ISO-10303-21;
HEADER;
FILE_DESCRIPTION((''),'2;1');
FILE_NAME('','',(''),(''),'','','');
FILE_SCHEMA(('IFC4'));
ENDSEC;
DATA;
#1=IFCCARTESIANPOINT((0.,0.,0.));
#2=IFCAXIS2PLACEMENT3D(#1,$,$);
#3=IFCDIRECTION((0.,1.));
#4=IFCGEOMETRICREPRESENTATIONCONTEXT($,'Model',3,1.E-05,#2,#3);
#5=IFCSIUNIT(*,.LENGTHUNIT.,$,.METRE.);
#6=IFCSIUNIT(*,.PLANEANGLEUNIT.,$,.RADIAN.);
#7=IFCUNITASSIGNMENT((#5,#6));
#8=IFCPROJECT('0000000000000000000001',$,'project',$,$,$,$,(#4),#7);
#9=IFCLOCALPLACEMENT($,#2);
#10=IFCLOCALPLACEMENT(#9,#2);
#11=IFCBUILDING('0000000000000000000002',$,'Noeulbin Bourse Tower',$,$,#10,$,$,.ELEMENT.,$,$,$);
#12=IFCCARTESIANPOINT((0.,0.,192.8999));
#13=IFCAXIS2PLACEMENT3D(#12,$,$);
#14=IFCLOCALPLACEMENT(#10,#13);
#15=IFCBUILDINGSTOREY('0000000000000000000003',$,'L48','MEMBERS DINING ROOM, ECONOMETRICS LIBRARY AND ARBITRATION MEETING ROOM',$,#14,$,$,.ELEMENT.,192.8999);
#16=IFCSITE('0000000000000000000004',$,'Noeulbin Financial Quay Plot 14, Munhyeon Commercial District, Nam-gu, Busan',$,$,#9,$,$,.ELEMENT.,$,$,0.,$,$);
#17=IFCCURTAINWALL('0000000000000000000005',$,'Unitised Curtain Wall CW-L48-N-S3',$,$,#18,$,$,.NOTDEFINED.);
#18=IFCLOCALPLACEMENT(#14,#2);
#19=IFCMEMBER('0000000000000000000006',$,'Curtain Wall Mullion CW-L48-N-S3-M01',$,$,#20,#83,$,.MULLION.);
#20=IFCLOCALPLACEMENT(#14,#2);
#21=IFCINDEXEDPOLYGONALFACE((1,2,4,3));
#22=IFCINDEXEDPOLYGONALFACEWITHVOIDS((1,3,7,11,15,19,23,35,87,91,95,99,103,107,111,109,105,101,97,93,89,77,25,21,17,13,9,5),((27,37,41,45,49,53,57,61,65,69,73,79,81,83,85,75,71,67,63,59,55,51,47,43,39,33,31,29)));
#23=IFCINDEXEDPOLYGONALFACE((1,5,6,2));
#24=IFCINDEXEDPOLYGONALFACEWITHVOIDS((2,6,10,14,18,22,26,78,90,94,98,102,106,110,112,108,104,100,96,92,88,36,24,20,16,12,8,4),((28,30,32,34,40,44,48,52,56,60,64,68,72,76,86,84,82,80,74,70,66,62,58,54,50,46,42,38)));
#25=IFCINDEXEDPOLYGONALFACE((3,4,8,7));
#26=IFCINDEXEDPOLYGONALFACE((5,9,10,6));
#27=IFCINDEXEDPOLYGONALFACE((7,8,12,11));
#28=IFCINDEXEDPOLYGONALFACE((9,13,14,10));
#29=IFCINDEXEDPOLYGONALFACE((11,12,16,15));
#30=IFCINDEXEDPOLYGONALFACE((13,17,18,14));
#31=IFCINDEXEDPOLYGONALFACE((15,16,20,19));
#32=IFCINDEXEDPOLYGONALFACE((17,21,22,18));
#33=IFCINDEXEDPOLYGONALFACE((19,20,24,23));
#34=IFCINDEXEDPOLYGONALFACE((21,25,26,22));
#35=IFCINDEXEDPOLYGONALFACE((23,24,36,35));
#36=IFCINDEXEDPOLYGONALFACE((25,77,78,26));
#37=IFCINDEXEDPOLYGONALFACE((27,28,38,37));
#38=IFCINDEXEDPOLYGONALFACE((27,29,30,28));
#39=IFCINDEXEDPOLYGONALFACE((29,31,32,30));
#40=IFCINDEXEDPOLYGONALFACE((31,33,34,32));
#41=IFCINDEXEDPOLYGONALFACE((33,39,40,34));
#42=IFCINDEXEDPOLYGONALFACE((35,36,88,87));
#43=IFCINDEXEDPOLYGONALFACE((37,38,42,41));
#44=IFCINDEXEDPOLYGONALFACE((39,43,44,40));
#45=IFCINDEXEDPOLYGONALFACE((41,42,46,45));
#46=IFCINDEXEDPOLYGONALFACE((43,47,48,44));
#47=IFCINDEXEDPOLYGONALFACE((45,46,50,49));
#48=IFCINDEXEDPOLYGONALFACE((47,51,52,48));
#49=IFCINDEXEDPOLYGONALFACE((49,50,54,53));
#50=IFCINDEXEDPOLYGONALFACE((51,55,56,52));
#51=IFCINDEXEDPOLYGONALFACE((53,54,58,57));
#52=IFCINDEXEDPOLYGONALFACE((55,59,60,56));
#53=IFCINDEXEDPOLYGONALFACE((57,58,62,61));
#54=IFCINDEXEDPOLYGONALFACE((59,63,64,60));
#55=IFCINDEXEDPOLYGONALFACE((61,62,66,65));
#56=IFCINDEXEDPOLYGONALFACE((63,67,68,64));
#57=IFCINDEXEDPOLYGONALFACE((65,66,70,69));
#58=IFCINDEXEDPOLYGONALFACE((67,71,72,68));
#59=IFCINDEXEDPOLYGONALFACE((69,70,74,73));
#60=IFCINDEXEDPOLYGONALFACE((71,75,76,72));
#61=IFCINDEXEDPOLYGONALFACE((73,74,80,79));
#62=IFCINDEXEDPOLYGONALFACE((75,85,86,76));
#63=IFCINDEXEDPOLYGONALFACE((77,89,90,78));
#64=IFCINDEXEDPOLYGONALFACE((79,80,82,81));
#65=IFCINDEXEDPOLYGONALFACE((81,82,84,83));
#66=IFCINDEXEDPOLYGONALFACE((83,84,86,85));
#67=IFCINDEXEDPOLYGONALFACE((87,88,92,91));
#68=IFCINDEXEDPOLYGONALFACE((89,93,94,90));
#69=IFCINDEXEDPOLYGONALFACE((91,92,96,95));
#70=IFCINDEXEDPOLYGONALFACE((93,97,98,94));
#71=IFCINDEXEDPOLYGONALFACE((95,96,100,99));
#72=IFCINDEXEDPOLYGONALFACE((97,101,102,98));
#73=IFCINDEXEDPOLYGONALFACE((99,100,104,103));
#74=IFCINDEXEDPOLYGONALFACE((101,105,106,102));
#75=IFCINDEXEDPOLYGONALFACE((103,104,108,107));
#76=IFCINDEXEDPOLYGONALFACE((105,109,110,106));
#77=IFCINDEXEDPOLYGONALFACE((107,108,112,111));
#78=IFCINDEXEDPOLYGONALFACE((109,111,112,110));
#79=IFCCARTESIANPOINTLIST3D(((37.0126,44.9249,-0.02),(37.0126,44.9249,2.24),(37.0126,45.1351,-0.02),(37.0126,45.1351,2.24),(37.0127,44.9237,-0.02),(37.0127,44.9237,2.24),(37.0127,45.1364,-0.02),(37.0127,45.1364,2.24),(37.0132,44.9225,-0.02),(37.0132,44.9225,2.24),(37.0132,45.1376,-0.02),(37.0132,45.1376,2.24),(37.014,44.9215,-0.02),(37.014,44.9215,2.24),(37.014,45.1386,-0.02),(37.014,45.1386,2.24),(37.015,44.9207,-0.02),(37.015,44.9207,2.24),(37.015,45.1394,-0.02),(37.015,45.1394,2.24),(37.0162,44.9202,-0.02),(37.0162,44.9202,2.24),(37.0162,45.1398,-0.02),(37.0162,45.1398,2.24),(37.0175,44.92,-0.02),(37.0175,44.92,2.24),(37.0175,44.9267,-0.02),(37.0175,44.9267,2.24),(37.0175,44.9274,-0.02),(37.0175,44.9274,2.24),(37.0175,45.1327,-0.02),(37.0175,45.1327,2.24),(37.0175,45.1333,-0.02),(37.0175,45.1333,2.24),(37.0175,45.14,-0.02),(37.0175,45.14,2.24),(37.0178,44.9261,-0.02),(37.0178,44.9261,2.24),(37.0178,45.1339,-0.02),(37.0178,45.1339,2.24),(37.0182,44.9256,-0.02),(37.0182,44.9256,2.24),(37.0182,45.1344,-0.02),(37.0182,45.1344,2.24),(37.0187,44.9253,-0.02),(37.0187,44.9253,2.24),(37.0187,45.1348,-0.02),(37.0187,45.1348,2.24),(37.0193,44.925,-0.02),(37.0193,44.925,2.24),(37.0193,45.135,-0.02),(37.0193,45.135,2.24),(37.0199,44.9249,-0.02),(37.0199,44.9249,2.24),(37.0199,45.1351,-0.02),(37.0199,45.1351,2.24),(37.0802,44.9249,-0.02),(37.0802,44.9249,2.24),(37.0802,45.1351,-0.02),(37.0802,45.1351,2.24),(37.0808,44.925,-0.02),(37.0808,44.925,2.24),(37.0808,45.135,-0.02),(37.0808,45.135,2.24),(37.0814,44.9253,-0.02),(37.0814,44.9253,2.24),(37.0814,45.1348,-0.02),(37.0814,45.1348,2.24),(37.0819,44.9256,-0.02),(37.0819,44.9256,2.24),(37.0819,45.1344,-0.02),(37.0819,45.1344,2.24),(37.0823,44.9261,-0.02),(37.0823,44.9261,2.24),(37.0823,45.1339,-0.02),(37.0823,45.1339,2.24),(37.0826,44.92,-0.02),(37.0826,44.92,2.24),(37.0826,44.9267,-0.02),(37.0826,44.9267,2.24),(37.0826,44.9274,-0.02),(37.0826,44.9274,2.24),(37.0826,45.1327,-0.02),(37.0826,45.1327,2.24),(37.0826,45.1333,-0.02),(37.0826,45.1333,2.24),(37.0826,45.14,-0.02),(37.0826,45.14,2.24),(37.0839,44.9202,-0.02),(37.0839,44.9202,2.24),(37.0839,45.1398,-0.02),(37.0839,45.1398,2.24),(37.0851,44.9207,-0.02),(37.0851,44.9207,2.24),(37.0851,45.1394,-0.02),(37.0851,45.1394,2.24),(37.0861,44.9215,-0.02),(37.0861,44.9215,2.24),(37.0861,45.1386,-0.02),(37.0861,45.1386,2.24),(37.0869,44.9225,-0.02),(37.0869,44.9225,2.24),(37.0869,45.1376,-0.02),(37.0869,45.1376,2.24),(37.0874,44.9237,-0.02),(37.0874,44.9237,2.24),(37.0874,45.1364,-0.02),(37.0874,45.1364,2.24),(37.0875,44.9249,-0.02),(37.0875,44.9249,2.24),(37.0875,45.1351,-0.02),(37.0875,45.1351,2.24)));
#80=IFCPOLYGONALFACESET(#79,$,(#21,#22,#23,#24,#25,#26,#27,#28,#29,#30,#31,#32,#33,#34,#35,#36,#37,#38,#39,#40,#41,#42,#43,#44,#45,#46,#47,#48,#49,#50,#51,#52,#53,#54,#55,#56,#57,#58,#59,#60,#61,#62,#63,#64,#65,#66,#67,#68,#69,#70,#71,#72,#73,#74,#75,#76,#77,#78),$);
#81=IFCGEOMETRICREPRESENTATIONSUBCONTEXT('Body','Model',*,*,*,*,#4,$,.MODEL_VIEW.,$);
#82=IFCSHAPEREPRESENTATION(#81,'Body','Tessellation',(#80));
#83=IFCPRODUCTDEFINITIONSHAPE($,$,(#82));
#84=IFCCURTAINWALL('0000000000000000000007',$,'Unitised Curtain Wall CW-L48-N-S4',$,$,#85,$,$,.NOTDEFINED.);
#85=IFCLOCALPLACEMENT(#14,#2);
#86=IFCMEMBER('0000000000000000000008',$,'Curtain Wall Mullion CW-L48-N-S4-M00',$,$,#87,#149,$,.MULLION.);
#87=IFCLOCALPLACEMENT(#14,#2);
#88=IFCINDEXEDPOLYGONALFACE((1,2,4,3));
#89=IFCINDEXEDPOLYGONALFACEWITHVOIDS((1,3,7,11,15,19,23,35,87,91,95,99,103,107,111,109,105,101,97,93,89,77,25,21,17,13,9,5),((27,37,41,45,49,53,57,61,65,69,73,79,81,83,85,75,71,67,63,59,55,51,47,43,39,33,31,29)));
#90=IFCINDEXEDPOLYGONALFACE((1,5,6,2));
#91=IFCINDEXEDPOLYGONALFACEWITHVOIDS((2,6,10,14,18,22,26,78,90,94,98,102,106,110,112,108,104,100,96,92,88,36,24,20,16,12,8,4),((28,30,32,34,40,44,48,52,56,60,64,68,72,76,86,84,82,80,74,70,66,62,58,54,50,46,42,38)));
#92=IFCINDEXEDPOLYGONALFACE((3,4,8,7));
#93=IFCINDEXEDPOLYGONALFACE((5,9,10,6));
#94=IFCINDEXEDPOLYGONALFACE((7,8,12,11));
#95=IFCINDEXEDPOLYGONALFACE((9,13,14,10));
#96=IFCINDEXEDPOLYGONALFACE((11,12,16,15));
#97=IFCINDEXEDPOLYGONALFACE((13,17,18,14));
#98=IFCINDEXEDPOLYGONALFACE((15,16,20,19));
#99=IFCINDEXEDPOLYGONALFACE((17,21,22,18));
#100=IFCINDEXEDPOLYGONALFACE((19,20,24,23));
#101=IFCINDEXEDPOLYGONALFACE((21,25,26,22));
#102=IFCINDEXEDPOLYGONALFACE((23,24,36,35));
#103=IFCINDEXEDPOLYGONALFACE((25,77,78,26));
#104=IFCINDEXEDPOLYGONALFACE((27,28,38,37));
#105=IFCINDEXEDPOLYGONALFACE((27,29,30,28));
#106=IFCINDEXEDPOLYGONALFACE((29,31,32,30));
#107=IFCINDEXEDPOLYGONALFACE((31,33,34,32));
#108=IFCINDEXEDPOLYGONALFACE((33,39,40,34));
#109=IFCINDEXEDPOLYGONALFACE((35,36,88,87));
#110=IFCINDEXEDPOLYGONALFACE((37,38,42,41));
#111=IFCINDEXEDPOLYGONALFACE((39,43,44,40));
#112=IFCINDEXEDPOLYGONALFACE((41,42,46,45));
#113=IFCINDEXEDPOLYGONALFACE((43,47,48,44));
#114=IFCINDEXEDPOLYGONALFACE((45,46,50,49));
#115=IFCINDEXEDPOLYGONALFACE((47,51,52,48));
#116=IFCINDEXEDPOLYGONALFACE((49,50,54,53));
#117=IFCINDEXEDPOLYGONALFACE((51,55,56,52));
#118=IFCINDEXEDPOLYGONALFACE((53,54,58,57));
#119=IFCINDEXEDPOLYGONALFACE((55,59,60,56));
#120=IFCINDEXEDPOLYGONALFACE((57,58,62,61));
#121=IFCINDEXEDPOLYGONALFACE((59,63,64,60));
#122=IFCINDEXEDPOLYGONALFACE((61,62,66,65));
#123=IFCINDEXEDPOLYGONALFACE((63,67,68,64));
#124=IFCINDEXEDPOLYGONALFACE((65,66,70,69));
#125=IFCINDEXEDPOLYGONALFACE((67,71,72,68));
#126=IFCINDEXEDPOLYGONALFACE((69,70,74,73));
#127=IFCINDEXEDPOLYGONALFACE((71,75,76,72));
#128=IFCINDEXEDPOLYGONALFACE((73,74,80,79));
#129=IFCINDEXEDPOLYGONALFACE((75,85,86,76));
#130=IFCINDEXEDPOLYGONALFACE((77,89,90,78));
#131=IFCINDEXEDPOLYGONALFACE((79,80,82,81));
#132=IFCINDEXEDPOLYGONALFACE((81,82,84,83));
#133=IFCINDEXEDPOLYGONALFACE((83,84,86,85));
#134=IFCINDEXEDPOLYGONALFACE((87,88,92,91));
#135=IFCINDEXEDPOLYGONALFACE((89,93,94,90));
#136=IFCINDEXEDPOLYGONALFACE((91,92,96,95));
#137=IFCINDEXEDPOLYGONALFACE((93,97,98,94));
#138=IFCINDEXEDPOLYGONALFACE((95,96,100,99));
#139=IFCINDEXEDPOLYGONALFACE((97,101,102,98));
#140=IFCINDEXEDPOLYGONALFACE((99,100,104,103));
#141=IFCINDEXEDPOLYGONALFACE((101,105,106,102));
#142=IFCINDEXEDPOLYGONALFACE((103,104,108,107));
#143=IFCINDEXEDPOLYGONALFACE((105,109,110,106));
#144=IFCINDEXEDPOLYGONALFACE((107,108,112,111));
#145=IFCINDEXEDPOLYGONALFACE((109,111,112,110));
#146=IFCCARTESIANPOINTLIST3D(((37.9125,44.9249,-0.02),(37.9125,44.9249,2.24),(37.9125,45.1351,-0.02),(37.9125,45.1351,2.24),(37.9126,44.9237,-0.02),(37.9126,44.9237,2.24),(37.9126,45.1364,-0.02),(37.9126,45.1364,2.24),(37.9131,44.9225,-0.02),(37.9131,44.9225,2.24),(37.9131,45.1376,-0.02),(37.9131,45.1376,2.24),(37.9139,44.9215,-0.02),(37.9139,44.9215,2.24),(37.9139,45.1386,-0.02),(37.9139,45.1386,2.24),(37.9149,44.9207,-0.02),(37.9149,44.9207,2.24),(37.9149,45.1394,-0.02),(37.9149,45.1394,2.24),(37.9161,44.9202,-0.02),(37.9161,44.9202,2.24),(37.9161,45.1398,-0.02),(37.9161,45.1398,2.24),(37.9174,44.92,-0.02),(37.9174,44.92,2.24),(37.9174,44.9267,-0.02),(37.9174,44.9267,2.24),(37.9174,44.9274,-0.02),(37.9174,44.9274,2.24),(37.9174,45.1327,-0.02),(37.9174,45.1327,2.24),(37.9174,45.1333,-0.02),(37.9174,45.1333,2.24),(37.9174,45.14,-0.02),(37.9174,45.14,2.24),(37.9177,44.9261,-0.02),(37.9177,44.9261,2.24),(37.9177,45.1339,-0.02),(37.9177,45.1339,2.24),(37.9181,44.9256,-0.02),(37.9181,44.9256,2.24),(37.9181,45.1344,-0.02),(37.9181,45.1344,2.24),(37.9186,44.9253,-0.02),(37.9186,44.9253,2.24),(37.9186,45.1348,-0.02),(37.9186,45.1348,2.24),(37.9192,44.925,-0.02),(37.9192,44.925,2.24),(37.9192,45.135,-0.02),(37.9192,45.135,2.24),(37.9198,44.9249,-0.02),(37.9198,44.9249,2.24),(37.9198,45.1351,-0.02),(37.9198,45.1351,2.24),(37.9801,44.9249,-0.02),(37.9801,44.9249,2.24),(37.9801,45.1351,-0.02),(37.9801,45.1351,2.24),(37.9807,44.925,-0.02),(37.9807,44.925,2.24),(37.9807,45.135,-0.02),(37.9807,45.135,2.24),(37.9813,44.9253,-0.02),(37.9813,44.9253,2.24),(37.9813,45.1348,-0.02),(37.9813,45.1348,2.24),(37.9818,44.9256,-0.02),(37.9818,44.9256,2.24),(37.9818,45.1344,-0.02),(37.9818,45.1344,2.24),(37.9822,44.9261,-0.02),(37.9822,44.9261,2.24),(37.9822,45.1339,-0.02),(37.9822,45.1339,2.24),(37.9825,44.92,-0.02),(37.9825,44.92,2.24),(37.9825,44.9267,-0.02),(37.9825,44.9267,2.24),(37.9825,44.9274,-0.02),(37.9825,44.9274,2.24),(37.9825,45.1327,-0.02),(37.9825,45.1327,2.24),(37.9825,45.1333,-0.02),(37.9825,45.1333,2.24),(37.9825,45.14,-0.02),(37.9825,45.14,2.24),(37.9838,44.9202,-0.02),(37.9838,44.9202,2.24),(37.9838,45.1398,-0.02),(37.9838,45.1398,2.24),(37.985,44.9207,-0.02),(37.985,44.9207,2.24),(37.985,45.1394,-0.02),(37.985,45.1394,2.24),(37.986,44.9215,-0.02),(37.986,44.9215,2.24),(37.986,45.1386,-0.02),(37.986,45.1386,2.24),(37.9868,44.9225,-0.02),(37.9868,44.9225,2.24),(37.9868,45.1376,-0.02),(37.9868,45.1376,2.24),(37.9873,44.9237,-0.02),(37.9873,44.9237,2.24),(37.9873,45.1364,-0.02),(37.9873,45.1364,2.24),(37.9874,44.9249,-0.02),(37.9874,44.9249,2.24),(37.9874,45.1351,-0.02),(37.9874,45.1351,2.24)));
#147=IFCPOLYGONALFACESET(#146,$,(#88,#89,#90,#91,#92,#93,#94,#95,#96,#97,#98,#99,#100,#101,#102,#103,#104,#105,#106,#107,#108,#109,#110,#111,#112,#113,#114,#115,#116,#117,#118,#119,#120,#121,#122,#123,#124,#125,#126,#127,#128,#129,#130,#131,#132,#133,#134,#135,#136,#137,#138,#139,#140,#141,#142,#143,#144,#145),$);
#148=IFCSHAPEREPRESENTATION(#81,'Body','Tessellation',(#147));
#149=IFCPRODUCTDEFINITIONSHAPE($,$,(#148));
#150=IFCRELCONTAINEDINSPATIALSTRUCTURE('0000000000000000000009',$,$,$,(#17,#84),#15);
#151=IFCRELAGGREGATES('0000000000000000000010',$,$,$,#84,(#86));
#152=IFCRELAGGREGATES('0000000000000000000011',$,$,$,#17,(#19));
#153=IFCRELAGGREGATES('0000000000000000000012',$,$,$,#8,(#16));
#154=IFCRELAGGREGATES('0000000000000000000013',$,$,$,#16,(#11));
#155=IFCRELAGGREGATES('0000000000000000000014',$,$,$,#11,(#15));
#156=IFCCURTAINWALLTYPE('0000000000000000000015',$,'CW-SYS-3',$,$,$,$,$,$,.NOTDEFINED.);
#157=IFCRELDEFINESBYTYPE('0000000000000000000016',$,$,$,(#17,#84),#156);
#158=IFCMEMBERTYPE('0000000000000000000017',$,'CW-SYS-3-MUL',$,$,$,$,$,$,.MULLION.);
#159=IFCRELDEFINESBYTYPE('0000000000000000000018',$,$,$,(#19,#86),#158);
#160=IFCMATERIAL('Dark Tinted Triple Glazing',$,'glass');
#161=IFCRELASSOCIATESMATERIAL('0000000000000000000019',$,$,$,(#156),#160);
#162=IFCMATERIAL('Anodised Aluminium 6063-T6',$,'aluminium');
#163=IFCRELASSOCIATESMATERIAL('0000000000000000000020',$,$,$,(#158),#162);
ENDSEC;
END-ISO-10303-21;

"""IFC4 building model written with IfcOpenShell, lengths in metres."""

from ifc_helpers import new_model, si_unit, direction, frame, origin, origin_2d, place, context, subcontext, project, spatial, hollow_rectangle, extrude, material, material_profile, profile_set, type_object, element, aggregate, save


model = new_model("IFC4")

# Units and contexts
model_context = context("Model", 3, precision=1e-05, world=origin(), true_north=direction((0.0, 1.0)))
body_context = subcontext(model_context, "Body", "Model", "MODEL_VIEW")
ifc_project = project(units=[si_unit("LENGTHUNIT", "METRE"), si_unit("PLANEANGLEUNIT", "RADIAN")], contexts=[model_context])

# Site, building, storey
site_placement = place(None, origin())
site = spatial("IfcSite", under=ifc_project, at=site_placement, Name="Noeulbin Financial Quay Plot 14, Munhyeon Commercial District, Nam-gu, Busan", CompositionType="ELEMENT", RefElevation=0.0)
building_placement = place(site_placement, origin())
building = spatial("IfcBuilding", under=site, at=building_placement, Name="Noeulbin Bourse Tower", CompositionType="ELEMENT")
storey_placement = place(building_placement, frame((0.0, 0.0, 192.8999)))
storey = spatial("IfcBuildingStorey", under=building, at=storey_placement, Name="L48", Description="MEMBERS DINING ROOM, ECONOMETRICS LIBRARY AND ARBITRATION MEETING ROOM", CompositionType="ELEMENT", Elevation=192.8999)

# Shared definitions
ifc_material_1 = material(Name="Dark Tinted Triple Glazing", Category="glass")
curtain_wall_type = type_object("IfcCurtainWallType", Name="CW-SYS-3", PredefinedType="NOTDEFINED", material=ifc_material_1)
ifc_material_2 = material(Name="Anodised Aluminium 6063-T6", Category="aluminium")
ifc_material_profile_1 = material_profile(ifc_material_2, hollow_rectangle(XDim=0.075, YDim=0.22, WallThickness=0.0049, InnerFilletRadius=0.0024, OuterFilletRadius=0.0049, at=origin_2d()), Name="ALU-MULL-75x220x5", Category="LoadBearing")
ifc_profile_set_1 = profile_set([ifc_material_profile_1], Name="Anodised Aluminium 6063-T6")
member_type_1 = type_object("IfcMemberType", Name="CW-SYS-3-MUL", PredefinedType="MULLION", material=ifc_profile_set_1)

# Curtain wall, member
curtain_wall_1_placement = place(storey_placement, origin())
curtain_wall_1 = element("IfcCurtainWall", 1, at=curtain_wall_1_placement, inside=storey, type_object=curtain_wall_type, Name="Unitised Curtain Wall CW-L48-N-S3", PredefinedType="NOTDEFINED")
member_1_placement = place(storey_placement, frame((37.05, 45.03, -0.02), z_axis=(0.0, 0.0, 1.0), x_axis=(1.0, 0.0, 0.0)))
member_1 = element("IfcMember", 2, at=member_1_placement, type_object=member_type_1, Name="Curtain Wall Mullion CW-L48-N-S3-M01", PredefinedType="MULLION", context=body_context, shape_type="SweptSolid", body=[
    extrude(hollow_rectangle(XDim=0.075, YDim=0.22, WallThickness=0.0049, InnerFilletRadius=0.0024, OuterFilletRadius=0.0049, at=origin_2d()), origin(), (0.0, 0.0, 1.0), 2.26),
])

# Curtain wall, member
curtain_wall_2_placement = place(storey_placement, origin())
curtain_wall_2 = element("IfcCurtainWall", 3, at=curtain_wall_2_placement, inside=storey, type_object=curtain_wall_type, Name="Unitised Curtain Wall CW-L48-N-S4", PredefinedType="NOTDEFINED")
member_2_placement = place(storey_placement, frame((37.95, 45.03, -0.02), z_axis=(0.0, 0.0, 1.0), x_axis=(1.0, 0.0, 0.0)))
member_2 = element("IfcMember", 4, at=member_2_placement, type_object=member_type_1, Name="Curtain Wall Mullion CW-L48-N-S4-M00", PredefinedType="MULLION", context=body_context, shape_type="SweptSolid", body=[
    extrude(hollow_rectangle(XDim=0.075, YDim=0.22, WallThickness=0.0049, InnerFilletRadius=0.0024, OuterFilletRadius=0.0049, at=origin_2d()), origin(), (0.0, 0.0, 1.0), 2.26),
])

aggregate(curtain_wall_2, [member_2])

aggregate(curtain_wall_1, [member_1])

save(model, "model.ifc")
